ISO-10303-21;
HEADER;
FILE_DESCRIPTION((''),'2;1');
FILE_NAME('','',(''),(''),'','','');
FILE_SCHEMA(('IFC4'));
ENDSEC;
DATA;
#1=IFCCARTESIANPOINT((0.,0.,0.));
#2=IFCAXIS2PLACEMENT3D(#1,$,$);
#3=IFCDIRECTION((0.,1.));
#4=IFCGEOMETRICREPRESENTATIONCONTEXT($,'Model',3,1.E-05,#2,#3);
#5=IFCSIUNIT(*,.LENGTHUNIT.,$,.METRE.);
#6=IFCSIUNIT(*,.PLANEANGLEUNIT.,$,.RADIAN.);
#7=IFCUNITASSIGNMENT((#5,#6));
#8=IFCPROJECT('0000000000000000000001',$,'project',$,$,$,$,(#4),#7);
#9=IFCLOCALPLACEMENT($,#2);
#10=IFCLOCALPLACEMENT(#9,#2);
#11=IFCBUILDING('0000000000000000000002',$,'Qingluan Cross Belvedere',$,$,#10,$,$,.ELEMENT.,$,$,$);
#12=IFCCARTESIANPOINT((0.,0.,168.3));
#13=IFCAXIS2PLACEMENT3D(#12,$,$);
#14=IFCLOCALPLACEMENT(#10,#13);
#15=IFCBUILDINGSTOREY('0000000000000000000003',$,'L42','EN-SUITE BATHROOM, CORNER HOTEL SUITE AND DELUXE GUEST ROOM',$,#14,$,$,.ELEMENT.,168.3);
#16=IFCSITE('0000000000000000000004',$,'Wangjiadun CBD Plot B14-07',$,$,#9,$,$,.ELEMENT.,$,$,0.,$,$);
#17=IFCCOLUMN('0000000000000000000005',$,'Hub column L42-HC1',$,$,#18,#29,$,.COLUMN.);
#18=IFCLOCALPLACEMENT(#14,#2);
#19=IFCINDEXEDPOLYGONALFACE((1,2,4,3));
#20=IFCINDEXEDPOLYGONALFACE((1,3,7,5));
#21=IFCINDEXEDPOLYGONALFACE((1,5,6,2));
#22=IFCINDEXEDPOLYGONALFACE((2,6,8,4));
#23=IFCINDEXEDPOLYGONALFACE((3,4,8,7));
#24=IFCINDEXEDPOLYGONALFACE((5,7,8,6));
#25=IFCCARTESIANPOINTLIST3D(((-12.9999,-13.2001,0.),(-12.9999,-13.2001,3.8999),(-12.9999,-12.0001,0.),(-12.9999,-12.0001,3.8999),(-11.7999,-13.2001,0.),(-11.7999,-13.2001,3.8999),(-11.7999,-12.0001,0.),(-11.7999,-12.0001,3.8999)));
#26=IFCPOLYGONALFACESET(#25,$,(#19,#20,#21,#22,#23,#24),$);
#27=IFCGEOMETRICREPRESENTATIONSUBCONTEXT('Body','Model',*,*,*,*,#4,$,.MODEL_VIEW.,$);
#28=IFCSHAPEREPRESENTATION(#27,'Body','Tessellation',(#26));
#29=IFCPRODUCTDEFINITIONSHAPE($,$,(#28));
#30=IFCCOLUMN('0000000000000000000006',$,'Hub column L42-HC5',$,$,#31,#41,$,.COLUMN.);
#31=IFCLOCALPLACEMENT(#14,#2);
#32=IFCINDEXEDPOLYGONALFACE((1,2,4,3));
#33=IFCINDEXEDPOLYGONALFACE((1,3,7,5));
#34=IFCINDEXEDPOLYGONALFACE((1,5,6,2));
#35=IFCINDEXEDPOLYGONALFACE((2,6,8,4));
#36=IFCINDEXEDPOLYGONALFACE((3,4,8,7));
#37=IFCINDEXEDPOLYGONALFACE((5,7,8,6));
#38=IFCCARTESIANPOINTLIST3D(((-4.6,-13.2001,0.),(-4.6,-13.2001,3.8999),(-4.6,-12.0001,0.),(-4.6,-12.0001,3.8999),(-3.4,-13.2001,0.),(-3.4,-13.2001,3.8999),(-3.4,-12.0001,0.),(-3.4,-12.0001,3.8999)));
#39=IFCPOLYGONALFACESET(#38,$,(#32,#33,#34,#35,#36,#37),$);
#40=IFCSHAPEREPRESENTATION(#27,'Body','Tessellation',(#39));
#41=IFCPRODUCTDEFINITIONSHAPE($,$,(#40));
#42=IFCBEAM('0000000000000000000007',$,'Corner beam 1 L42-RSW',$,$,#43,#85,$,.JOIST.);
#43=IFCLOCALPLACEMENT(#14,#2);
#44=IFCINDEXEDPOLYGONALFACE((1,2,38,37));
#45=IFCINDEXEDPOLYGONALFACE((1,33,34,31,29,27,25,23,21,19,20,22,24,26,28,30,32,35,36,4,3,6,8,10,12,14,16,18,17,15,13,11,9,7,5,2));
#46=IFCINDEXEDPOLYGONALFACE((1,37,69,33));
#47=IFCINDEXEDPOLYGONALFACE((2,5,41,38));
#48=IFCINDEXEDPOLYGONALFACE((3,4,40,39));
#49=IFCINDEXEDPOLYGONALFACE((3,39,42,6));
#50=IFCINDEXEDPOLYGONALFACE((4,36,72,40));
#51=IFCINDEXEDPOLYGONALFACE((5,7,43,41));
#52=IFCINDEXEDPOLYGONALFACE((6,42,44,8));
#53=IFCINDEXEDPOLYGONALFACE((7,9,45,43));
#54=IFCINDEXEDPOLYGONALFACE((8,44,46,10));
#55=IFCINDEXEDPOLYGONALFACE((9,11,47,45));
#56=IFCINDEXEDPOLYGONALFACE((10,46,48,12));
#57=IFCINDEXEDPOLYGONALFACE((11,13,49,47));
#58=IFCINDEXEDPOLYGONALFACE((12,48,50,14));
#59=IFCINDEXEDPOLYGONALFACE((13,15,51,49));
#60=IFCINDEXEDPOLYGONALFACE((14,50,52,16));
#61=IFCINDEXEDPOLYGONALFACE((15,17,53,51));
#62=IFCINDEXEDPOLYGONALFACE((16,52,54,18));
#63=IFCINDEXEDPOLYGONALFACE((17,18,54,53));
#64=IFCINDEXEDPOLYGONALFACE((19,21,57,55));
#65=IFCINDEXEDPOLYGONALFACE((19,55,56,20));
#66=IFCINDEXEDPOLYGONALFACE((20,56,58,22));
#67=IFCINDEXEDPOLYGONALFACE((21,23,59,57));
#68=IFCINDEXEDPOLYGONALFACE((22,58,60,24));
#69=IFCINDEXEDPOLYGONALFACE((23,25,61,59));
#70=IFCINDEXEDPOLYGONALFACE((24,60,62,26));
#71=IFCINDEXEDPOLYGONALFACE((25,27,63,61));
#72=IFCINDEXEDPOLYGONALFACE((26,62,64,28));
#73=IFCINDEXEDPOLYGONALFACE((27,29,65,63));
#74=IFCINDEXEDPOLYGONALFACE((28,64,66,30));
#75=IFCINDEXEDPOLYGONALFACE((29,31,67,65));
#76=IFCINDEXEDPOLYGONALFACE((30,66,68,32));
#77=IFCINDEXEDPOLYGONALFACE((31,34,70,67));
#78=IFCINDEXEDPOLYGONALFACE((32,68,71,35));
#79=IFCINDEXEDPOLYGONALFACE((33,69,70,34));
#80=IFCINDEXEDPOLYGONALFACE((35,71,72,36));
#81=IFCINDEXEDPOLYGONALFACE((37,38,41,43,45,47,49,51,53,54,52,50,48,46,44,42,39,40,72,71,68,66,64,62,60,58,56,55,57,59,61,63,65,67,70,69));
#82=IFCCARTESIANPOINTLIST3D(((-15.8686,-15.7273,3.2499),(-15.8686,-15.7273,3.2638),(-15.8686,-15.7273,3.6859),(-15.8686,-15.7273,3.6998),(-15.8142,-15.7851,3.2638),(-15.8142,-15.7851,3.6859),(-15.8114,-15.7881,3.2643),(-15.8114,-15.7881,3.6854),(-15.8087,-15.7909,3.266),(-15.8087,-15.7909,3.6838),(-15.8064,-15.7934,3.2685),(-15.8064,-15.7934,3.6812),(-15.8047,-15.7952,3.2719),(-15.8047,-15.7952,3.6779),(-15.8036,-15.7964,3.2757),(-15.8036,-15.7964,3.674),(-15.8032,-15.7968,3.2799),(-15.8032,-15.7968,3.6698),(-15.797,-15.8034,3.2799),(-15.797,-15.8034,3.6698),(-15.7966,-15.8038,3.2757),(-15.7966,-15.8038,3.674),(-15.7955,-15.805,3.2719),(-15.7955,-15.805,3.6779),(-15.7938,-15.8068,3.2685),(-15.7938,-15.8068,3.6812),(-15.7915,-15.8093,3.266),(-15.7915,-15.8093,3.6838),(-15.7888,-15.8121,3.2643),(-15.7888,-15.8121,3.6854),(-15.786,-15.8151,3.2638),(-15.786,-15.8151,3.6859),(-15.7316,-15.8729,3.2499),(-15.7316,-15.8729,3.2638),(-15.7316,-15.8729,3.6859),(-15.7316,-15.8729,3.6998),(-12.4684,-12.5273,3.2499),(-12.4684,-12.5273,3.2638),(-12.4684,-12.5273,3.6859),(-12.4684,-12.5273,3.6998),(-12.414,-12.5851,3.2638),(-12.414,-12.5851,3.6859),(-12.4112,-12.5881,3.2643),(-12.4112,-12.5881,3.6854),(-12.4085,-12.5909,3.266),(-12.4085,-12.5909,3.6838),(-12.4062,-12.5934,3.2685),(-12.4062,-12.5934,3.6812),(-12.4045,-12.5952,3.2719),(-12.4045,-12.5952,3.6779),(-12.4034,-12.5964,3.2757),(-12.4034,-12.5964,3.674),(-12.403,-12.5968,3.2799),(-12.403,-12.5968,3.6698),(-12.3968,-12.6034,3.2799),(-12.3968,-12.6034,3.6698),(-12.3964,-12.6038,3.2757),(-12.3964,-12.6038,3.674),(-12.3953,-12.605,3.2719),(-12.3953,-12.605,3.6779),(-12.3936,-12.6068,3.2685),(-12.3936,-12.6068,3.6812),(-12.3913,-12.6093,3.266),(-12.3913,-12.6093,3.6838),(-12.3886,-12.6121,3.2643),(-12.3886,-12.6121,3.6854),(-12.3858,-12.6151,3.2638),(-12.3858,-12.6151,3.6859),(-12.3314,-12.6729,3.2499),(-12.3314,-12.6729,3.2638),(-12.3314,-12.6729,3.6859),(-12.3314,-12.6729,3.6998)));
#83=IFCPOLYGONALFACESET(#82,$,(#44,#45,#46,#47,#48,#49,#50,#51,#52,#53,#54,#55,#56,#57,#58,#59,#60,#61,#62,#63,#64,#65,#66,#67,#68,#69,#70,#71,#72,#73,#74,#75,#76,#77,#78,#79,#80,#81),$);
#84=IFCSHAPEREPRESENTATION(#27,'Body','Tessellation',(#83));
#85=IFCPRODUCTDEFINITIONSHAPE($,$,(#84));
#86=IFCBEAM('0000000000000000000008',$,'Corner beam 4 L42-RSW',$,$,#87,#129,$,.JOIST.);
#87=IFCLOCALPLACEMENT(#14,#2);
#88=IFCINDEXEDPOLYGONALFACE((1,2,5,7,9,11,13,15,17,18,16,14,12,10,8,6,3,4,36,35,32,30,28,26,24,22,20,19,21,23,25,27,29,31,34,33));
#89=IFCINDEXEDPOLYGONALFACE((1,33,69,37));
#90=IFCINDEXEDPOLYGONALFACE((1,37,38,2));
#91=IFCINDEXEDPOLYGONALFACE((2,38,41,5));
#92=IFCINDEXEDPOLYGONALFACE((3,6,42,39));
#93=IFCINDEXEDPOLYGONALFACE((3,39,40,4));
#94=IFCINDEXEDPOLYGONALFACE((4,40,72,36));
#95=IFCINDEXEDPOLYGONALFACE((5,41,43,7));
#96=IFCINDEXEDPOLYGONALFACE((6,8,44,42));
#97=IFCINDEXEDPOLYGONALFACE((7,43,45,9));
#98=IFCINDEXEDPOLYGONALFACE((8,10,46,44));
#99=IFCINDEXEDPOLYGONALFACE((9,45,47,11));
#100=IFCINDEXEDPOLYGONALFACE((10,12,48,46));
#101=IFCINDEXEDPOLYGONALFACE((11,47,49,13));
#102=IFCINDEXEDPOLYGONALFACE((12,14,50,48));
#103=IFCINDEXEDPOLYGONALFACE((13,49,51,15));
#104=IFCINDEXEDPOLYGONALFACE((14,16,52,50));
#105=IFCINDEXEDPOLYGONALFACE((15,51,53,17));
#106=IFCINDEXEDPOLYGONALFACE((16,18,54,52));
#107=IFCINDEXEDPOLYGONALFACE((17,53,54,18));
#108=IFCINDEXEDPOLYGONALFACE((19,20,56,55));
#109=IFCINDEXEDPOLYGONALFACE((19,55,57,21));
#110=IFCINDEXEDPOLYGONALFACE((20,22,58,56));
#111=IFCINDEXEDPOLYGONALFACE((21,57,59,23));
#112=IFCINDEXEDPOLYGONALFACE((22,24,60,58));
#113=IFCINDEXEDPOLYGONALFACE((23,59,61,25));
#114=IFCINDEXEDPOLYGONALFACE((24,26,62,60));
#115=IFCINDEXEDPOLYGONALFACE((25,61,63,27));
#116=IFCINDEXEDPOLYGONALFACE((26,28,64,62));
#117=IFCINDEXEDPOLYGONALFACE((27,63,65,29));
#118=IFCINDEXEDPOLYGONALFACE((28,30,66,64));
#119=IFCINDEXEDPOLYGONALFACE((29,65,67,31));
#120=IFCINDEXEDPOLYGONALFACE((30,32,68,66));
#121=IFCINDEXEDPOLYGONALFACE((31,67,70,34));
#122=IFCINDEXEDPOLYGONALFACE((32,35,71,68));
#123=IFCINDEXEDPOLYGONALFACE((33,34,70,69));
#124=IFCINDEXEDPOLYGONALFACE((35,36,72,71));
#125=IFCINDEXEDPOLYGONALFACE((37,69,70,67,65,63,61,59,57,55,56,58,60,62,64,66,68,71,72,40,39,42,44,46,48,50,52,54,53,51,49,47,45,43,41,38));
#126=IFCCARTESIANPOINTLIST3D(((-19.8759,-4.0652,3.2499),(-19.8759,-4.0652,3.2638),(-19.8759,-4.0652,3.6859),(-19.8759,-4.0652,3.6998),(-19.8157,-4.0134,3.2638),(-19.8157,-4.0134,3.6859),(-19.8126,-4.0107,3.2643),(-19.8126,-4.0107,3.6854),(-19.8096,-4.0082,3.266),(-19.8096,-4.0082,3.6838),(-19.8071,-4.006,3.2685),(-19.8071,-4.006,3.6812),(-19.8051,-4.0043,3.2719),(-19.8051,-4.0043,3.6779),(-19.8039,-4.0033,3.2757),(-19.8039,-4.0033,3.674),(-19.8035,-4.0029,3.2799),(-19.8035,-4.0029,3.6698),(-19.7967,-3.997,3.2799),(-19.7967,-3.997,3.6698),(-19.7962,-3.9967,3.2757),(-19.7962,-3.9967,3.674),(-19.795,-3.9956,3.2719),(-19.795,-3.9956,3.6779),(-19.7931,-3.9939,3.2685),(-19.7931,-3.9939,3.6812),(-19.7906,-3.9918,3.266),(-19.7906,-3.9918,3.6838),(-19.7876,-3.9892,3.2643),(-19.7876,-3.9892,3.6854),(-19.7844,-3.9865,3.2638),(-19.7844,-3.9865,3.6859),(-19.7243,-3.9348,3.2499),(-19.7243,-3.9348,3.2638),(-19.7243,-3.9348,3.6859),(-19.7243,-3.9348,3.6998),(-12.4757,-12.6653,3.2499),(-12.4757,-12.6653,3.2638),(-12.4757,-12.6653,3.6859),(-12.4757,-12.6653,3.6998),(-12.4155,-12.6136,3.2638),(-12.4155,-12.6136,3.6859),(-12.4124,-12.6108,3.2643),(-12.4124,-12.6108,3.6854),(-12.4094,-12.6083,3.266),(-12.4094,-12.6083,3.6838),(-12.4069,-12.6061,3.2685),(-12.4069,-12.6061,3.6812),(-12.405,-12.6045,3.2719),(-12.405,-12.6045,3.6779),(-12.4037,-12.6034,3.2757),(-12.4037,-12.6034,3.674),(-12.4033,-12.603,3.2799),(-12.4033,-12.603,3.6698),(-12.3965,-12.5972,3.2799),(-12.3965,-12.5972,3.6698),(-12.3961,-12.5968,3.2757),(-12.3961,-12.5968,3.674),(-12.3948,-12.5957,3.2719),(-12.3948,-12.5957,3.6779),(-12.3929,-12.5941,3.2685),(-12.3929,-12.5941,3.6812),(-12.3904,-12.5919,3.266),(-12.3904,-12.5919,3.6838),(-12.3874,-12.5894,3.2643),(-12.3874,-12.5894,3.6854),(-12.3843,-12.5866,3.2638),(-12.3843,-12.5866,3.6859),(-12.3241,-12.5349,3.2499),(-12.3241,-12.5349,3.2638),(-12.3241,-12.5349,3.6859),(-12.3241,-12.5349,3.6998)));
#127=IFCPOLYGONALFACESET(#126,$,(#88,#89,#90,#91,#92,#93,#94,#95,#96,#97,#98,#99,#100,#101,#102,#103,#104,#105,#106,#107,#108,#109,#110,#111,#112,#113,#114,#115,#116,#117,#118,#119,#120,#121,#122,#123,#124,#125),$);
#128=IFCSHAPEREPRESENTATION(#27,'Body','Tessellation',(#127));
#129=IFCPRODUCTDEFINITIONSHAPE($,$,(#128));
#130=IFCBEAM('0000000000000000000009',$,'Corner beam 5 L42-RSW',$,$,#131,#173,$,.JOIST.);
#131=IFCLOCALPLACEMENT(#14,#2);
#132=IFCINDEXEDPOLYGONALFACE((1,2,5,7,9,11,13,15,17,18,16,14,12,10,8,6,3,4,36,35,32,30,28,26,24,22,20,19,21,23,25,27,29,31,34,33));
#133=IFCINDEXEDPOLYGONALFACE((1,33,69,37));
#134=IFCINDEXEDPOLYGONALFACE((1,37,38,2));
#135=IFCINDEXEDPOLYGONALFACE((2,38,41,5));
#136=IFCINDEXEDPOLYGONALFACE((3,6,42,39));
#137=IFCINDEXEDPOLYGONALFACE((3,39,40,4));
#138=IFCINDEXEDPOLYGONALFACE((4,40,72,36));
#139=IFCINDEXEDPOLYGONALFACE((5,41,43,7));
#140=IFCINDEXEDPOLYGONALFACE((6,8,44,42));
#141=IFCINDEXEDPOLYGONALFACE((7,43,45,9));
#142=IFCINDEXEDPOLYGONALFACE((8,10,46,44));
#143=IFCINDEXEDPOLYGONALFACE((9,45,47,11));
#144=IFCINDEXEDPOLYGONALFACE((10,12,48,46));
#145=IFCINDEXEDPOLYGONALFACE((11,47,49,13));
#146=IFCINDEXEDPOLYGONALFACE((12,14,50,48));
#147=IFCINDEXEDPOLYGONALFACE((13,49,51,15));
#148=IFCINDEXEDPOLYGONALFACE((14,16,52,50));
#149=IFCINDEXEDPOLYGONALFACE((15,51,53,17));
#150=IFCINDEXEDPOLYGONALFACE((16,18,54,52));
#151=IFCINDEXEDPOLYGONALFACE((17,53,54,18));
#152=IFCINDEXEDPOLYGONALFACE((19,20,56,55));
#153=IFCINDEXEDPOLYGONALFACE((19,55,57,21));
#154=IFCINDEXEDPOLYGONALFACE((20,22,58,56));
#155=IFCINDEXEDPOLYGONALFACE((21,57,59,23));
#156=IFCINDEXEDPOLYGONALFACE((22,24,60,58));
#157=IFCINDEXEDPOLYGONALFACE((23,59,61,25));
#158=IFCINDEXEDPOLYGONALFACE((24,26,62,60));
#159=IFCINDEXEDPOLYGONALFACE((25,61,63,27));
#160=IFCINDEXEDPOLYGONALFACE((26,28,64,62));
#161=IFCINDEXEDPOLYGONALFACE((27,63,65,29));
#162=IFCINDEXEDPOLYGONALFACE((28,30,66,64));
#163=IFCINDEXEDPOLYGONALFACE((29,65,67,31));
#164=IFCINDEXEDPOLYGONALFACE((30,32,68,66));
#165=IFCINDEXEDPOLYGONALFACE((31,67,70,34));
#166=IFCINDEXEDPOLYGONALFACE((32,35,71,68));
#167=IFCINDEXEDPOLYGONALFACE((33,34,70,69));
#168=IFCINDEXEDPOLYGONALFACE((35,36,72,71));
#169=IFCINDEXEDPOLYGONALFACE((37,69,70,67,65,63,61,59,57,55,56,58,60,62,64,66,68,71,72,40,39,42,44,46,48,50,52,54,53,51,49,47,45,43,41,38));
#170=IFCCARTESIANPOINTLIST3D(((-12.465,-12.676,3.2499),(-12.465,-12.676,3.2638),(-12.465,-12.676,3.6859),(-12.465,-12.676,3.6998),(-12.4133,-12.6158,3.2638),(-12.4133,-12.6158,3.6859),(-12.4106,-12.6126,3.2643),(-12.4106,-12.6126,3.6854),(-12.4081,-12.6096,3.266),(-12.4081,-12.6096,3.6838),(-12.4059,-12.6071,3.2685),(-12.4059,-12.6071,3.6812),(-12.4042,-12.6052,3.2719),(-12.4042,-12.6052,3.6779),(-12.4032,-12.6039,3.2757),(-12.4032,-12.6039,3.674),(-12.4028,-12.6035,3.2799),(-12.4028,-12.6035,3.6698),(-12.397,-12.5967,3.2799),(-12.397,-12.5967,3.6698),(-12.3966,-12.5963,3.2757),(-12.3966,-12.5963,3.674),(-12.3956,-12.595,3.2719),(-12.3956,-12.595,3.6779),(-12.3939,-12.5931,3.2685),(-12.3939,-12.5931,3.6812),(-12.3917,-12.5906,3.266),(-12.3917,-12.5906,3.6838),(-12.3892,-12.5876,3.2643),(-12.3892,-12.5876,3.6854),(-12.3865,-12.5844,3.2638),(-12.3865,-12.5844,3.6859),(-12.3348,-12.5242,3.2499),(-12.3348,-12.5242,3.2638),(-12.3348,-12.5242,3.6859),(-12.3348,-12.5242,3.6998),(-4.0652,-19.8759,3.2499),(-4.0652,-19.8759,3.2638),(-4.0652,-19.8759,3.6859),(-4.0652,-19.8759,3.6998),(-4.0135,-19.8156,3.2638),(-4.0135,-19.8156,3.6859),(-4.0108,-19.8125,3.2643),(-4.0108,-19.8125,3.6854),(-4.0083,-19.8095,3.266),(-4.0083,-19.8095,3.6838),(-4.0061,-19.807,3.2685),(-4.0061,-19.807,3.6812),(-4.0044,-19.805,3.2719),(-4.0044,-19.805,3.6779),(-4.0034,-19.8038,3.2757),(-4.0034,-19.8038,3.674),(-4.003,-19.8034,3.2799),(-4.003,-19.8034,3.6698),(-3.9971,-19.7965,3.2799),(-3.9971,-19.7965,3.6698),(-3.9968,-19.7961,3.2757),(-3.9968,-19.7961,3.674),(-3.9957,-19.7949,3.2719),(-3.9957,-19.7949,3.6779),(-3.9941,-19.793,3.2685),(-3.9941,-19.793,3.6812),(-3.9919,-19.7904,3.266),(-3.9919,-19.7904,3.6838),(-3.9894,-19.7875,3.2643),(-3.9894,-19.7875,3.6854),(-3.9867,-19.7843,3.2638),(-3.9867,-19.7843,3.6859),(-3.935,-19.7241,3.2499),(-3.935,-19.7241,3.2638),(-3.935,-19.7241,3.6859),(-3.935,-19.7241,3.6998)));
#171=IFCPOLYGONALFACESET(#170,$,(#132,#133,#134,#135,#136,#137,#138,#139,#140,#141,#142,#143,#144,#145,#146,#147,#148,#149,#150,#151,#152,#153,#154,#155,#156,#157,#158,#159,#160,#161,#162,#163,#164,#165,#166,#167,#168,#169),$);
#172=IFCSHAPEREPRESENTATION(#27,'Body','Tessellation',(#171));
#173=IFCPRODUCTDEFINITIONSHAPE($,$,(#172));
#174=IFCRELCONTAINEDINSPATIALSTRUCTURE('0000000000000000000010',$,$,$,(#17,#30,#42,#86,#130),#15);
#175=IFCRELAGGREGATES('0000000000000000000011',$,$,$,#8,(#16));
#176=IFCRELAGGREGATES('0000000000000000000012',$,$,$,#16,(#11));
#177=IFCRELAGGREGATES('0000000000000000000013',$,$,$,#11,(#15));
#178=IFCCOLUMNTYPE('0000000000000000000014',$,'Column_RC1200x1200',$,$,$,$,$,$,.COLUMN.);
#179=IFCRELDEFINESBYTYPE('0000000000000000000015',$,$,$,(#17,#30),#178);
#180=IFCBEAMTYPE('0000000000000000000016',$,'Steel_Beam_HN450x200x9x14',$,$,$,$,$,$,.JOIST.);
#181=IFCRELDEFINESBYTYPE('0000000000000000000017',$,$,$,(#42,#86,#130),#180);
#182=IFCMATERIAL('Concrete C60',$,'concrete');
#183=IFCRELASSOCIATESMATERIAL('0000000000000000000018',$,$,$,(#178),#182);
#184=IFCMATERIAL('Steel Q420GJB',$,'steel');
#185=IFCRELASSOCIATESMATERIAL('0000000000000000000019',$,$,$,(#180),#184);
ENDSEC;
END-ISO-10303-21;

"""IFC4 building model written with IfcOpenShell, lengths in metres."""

from ifc_helpers import new_model, si_unit, direction, frame, origin, origin_2d, place, context, subcontext, project, spatial, rectangle, i_section, extrude, material, material_profile, profile_set, type_object, element, save


model = new_model("IFC4")

# Units and contexts
model_context = context("Model", 3, precision=1e-05, world=origin(), true_north=direction((0.0, 1.0)))
body_context = subcontext(model_context, "Body", "Model", "MODEL_VIEW")
ifc_project = project(units=[si_unit("LENGTHUNIT", "METRE"), si_unit("PLANEANGLEUNIT", "RADIAN")], contexts=[model_context])

# Site, building, storey
site_placement = place(None, origin())
site = spatial("IfcSite", under=ifc_project, at=site_placement, Name="Wangjiadun CBD Plot B14-07", CompositionType="ELEMENT", RefElevation=0.0)
building_placement = place(site_placement, origin())
building = spatial("IfcBuilding", under=site, at=building_placement, Name="Qingluan Cross Belvedere", CompositionType="ELEMENT")
storey_placement = place(building_placement, frame((0.0, 0.0, 168.3)))
storey = spatial("IfcBuildingStorey", under=building, at=storey_placement, Name="L42", Description="EN-SUITE BATHROOM, CORNER HOTEL SUITE AND DELUXE GUEST ROOM", CompositionType="ELEMENT", Elevation=168.3)

# Columns
ifc_material_1 = material(Name="Concrete C60", Category="concrete")
ifc_material_profile_1 = material_profile(ifc_material_1, rectangle(XDim=1.2, YDim=1.2, at=origin_2d()), Name="RC1200x1200")
ifc_profile_set_1 = profile_set([ifc_material_profile_1], Name="Concrete C60")
column_type = type_object("IfcColumnType", Name="Column_RC1200x1200", PredefinedType="COLUMN", material=ifc_profile_set_1)
for number, where, z_axis, x_axis, name in (
    (1, (-12.3999, -12.6001, 0.0), (0.0, 0.0, 1.0), (1.0, 0.0, 0.0), "Hub column L42-HC1"),
    (2, (-4.0, -12.6001, 0.0), (0.0, 0.0, 1.0), (1.0, 0.0, 0.0), "Hub column L42-HC5"),
):
    element("IfcColumn", number, at=place(storey_placement, frame(where, z_axis=z_axis, x_axis=x_axis)), inside=storey, type_object=column_type, Name=name, PredefinedType="COLUMN", context=body_context, shape_type="SweptSolid", body=[
        extrude(rectangle(XDim=1.2, YDim=1.2, at=origin_2d()), origin(), (0.0, 0.0, 1.0), 3.8999),
    ])

# Beams
ifc_material_2 = material(Name="Steel Q420GJB", Category="steel")
ifc_material_profile_2 = material_profile(ifc_material_2, i_section(OverallWidth=0.2, OverallDepth=0.45, WebThickness=0.009, FlangeThickness=0.0139, FilletRadius=0.0161, at=origin_2d()), Name="HN450x200x9x14")
ifc_profile_set_2 = profile_set([ifc_material_profile_2], Name="Steel Q420GJB")
beam_type_1 = type_object("IfcBeamType", Name="Steel_Beam_HN450x200x9x14", PredefinedType="JOIST", material=ifc_profile_set_2)
beam_1_placement = place(storey_placement, frame((-12.3999, -12.6001, 3.4749), z_axis=(-0.72822, -0.685343, 0.0), x_axis=(0.685343, -0.72822, 0.0)))
element("IfcBeam", 3, at=beam_1_placement, inside=storey, type_object=beam_type_1, Name="Corner beam 1 L42-RSW", PredefinedType="JOIST", context=body_context, shape_type="SweptSolid", body=[
    extrude(i_section(OverallWidth=0.2, OverallDepth=0.45, WebThickness=0.009, FlangeThickness=0.0139, FilletRadius=0.0161, at=origin_2d()), origin(), (0.0, 0.0, 1.0), 4.6692),
])
beam_2_placement = place(storey_placement, frame((-12.3999, -12.6001, 3.4749), z_axis=(-0.652245, 0.758008, 0.0), x_axis=(-0.758008, -0.652245, 0.0)))
element("IfcBeam", 4, at=beam_2_placement, inside=storey, type_object=beam_type_1, Name="Corner beam 4 L42-RSW", PredefinedType="JOIST", context=body_context, shape_type="SweptSolid", body=[
    extrude(i_section(OverallWidth=0.2, OverallDepth=0.45, WebThickness=0.009, FlangeThickness=0.0139, FilletRadius=0.0161, at=origin_2d()), origin(), (0.0, 0.0, 1.0), 11.3457),
])
beam_3_placement = place(storey_placement, frame((-12.3999, -12.6001, 3.4749), z_axis=(0.759255, -0.650793, 0.0), x_axis=(0.650793, 0.759255, 0.0)))
element("IfcBeam", 5, at=beam_3_placement, inside=storey, type_object=beam_type_1, Name="Corner beam 5 L42-RSW", PredefinedType="JOIST", context=body_context, shape_type="SweptSolid", body=[
    extrude(i_section(OverallWidth=0.2, OverallDepth=0.45, WebThickness=0.009, FlangeThickness=0.0139, FilletRadius=0.0161, at=origin_2d()), origin(), (0.0, 0.0, 1.0), 11.0632),
])

save(model, "model.ifc")
